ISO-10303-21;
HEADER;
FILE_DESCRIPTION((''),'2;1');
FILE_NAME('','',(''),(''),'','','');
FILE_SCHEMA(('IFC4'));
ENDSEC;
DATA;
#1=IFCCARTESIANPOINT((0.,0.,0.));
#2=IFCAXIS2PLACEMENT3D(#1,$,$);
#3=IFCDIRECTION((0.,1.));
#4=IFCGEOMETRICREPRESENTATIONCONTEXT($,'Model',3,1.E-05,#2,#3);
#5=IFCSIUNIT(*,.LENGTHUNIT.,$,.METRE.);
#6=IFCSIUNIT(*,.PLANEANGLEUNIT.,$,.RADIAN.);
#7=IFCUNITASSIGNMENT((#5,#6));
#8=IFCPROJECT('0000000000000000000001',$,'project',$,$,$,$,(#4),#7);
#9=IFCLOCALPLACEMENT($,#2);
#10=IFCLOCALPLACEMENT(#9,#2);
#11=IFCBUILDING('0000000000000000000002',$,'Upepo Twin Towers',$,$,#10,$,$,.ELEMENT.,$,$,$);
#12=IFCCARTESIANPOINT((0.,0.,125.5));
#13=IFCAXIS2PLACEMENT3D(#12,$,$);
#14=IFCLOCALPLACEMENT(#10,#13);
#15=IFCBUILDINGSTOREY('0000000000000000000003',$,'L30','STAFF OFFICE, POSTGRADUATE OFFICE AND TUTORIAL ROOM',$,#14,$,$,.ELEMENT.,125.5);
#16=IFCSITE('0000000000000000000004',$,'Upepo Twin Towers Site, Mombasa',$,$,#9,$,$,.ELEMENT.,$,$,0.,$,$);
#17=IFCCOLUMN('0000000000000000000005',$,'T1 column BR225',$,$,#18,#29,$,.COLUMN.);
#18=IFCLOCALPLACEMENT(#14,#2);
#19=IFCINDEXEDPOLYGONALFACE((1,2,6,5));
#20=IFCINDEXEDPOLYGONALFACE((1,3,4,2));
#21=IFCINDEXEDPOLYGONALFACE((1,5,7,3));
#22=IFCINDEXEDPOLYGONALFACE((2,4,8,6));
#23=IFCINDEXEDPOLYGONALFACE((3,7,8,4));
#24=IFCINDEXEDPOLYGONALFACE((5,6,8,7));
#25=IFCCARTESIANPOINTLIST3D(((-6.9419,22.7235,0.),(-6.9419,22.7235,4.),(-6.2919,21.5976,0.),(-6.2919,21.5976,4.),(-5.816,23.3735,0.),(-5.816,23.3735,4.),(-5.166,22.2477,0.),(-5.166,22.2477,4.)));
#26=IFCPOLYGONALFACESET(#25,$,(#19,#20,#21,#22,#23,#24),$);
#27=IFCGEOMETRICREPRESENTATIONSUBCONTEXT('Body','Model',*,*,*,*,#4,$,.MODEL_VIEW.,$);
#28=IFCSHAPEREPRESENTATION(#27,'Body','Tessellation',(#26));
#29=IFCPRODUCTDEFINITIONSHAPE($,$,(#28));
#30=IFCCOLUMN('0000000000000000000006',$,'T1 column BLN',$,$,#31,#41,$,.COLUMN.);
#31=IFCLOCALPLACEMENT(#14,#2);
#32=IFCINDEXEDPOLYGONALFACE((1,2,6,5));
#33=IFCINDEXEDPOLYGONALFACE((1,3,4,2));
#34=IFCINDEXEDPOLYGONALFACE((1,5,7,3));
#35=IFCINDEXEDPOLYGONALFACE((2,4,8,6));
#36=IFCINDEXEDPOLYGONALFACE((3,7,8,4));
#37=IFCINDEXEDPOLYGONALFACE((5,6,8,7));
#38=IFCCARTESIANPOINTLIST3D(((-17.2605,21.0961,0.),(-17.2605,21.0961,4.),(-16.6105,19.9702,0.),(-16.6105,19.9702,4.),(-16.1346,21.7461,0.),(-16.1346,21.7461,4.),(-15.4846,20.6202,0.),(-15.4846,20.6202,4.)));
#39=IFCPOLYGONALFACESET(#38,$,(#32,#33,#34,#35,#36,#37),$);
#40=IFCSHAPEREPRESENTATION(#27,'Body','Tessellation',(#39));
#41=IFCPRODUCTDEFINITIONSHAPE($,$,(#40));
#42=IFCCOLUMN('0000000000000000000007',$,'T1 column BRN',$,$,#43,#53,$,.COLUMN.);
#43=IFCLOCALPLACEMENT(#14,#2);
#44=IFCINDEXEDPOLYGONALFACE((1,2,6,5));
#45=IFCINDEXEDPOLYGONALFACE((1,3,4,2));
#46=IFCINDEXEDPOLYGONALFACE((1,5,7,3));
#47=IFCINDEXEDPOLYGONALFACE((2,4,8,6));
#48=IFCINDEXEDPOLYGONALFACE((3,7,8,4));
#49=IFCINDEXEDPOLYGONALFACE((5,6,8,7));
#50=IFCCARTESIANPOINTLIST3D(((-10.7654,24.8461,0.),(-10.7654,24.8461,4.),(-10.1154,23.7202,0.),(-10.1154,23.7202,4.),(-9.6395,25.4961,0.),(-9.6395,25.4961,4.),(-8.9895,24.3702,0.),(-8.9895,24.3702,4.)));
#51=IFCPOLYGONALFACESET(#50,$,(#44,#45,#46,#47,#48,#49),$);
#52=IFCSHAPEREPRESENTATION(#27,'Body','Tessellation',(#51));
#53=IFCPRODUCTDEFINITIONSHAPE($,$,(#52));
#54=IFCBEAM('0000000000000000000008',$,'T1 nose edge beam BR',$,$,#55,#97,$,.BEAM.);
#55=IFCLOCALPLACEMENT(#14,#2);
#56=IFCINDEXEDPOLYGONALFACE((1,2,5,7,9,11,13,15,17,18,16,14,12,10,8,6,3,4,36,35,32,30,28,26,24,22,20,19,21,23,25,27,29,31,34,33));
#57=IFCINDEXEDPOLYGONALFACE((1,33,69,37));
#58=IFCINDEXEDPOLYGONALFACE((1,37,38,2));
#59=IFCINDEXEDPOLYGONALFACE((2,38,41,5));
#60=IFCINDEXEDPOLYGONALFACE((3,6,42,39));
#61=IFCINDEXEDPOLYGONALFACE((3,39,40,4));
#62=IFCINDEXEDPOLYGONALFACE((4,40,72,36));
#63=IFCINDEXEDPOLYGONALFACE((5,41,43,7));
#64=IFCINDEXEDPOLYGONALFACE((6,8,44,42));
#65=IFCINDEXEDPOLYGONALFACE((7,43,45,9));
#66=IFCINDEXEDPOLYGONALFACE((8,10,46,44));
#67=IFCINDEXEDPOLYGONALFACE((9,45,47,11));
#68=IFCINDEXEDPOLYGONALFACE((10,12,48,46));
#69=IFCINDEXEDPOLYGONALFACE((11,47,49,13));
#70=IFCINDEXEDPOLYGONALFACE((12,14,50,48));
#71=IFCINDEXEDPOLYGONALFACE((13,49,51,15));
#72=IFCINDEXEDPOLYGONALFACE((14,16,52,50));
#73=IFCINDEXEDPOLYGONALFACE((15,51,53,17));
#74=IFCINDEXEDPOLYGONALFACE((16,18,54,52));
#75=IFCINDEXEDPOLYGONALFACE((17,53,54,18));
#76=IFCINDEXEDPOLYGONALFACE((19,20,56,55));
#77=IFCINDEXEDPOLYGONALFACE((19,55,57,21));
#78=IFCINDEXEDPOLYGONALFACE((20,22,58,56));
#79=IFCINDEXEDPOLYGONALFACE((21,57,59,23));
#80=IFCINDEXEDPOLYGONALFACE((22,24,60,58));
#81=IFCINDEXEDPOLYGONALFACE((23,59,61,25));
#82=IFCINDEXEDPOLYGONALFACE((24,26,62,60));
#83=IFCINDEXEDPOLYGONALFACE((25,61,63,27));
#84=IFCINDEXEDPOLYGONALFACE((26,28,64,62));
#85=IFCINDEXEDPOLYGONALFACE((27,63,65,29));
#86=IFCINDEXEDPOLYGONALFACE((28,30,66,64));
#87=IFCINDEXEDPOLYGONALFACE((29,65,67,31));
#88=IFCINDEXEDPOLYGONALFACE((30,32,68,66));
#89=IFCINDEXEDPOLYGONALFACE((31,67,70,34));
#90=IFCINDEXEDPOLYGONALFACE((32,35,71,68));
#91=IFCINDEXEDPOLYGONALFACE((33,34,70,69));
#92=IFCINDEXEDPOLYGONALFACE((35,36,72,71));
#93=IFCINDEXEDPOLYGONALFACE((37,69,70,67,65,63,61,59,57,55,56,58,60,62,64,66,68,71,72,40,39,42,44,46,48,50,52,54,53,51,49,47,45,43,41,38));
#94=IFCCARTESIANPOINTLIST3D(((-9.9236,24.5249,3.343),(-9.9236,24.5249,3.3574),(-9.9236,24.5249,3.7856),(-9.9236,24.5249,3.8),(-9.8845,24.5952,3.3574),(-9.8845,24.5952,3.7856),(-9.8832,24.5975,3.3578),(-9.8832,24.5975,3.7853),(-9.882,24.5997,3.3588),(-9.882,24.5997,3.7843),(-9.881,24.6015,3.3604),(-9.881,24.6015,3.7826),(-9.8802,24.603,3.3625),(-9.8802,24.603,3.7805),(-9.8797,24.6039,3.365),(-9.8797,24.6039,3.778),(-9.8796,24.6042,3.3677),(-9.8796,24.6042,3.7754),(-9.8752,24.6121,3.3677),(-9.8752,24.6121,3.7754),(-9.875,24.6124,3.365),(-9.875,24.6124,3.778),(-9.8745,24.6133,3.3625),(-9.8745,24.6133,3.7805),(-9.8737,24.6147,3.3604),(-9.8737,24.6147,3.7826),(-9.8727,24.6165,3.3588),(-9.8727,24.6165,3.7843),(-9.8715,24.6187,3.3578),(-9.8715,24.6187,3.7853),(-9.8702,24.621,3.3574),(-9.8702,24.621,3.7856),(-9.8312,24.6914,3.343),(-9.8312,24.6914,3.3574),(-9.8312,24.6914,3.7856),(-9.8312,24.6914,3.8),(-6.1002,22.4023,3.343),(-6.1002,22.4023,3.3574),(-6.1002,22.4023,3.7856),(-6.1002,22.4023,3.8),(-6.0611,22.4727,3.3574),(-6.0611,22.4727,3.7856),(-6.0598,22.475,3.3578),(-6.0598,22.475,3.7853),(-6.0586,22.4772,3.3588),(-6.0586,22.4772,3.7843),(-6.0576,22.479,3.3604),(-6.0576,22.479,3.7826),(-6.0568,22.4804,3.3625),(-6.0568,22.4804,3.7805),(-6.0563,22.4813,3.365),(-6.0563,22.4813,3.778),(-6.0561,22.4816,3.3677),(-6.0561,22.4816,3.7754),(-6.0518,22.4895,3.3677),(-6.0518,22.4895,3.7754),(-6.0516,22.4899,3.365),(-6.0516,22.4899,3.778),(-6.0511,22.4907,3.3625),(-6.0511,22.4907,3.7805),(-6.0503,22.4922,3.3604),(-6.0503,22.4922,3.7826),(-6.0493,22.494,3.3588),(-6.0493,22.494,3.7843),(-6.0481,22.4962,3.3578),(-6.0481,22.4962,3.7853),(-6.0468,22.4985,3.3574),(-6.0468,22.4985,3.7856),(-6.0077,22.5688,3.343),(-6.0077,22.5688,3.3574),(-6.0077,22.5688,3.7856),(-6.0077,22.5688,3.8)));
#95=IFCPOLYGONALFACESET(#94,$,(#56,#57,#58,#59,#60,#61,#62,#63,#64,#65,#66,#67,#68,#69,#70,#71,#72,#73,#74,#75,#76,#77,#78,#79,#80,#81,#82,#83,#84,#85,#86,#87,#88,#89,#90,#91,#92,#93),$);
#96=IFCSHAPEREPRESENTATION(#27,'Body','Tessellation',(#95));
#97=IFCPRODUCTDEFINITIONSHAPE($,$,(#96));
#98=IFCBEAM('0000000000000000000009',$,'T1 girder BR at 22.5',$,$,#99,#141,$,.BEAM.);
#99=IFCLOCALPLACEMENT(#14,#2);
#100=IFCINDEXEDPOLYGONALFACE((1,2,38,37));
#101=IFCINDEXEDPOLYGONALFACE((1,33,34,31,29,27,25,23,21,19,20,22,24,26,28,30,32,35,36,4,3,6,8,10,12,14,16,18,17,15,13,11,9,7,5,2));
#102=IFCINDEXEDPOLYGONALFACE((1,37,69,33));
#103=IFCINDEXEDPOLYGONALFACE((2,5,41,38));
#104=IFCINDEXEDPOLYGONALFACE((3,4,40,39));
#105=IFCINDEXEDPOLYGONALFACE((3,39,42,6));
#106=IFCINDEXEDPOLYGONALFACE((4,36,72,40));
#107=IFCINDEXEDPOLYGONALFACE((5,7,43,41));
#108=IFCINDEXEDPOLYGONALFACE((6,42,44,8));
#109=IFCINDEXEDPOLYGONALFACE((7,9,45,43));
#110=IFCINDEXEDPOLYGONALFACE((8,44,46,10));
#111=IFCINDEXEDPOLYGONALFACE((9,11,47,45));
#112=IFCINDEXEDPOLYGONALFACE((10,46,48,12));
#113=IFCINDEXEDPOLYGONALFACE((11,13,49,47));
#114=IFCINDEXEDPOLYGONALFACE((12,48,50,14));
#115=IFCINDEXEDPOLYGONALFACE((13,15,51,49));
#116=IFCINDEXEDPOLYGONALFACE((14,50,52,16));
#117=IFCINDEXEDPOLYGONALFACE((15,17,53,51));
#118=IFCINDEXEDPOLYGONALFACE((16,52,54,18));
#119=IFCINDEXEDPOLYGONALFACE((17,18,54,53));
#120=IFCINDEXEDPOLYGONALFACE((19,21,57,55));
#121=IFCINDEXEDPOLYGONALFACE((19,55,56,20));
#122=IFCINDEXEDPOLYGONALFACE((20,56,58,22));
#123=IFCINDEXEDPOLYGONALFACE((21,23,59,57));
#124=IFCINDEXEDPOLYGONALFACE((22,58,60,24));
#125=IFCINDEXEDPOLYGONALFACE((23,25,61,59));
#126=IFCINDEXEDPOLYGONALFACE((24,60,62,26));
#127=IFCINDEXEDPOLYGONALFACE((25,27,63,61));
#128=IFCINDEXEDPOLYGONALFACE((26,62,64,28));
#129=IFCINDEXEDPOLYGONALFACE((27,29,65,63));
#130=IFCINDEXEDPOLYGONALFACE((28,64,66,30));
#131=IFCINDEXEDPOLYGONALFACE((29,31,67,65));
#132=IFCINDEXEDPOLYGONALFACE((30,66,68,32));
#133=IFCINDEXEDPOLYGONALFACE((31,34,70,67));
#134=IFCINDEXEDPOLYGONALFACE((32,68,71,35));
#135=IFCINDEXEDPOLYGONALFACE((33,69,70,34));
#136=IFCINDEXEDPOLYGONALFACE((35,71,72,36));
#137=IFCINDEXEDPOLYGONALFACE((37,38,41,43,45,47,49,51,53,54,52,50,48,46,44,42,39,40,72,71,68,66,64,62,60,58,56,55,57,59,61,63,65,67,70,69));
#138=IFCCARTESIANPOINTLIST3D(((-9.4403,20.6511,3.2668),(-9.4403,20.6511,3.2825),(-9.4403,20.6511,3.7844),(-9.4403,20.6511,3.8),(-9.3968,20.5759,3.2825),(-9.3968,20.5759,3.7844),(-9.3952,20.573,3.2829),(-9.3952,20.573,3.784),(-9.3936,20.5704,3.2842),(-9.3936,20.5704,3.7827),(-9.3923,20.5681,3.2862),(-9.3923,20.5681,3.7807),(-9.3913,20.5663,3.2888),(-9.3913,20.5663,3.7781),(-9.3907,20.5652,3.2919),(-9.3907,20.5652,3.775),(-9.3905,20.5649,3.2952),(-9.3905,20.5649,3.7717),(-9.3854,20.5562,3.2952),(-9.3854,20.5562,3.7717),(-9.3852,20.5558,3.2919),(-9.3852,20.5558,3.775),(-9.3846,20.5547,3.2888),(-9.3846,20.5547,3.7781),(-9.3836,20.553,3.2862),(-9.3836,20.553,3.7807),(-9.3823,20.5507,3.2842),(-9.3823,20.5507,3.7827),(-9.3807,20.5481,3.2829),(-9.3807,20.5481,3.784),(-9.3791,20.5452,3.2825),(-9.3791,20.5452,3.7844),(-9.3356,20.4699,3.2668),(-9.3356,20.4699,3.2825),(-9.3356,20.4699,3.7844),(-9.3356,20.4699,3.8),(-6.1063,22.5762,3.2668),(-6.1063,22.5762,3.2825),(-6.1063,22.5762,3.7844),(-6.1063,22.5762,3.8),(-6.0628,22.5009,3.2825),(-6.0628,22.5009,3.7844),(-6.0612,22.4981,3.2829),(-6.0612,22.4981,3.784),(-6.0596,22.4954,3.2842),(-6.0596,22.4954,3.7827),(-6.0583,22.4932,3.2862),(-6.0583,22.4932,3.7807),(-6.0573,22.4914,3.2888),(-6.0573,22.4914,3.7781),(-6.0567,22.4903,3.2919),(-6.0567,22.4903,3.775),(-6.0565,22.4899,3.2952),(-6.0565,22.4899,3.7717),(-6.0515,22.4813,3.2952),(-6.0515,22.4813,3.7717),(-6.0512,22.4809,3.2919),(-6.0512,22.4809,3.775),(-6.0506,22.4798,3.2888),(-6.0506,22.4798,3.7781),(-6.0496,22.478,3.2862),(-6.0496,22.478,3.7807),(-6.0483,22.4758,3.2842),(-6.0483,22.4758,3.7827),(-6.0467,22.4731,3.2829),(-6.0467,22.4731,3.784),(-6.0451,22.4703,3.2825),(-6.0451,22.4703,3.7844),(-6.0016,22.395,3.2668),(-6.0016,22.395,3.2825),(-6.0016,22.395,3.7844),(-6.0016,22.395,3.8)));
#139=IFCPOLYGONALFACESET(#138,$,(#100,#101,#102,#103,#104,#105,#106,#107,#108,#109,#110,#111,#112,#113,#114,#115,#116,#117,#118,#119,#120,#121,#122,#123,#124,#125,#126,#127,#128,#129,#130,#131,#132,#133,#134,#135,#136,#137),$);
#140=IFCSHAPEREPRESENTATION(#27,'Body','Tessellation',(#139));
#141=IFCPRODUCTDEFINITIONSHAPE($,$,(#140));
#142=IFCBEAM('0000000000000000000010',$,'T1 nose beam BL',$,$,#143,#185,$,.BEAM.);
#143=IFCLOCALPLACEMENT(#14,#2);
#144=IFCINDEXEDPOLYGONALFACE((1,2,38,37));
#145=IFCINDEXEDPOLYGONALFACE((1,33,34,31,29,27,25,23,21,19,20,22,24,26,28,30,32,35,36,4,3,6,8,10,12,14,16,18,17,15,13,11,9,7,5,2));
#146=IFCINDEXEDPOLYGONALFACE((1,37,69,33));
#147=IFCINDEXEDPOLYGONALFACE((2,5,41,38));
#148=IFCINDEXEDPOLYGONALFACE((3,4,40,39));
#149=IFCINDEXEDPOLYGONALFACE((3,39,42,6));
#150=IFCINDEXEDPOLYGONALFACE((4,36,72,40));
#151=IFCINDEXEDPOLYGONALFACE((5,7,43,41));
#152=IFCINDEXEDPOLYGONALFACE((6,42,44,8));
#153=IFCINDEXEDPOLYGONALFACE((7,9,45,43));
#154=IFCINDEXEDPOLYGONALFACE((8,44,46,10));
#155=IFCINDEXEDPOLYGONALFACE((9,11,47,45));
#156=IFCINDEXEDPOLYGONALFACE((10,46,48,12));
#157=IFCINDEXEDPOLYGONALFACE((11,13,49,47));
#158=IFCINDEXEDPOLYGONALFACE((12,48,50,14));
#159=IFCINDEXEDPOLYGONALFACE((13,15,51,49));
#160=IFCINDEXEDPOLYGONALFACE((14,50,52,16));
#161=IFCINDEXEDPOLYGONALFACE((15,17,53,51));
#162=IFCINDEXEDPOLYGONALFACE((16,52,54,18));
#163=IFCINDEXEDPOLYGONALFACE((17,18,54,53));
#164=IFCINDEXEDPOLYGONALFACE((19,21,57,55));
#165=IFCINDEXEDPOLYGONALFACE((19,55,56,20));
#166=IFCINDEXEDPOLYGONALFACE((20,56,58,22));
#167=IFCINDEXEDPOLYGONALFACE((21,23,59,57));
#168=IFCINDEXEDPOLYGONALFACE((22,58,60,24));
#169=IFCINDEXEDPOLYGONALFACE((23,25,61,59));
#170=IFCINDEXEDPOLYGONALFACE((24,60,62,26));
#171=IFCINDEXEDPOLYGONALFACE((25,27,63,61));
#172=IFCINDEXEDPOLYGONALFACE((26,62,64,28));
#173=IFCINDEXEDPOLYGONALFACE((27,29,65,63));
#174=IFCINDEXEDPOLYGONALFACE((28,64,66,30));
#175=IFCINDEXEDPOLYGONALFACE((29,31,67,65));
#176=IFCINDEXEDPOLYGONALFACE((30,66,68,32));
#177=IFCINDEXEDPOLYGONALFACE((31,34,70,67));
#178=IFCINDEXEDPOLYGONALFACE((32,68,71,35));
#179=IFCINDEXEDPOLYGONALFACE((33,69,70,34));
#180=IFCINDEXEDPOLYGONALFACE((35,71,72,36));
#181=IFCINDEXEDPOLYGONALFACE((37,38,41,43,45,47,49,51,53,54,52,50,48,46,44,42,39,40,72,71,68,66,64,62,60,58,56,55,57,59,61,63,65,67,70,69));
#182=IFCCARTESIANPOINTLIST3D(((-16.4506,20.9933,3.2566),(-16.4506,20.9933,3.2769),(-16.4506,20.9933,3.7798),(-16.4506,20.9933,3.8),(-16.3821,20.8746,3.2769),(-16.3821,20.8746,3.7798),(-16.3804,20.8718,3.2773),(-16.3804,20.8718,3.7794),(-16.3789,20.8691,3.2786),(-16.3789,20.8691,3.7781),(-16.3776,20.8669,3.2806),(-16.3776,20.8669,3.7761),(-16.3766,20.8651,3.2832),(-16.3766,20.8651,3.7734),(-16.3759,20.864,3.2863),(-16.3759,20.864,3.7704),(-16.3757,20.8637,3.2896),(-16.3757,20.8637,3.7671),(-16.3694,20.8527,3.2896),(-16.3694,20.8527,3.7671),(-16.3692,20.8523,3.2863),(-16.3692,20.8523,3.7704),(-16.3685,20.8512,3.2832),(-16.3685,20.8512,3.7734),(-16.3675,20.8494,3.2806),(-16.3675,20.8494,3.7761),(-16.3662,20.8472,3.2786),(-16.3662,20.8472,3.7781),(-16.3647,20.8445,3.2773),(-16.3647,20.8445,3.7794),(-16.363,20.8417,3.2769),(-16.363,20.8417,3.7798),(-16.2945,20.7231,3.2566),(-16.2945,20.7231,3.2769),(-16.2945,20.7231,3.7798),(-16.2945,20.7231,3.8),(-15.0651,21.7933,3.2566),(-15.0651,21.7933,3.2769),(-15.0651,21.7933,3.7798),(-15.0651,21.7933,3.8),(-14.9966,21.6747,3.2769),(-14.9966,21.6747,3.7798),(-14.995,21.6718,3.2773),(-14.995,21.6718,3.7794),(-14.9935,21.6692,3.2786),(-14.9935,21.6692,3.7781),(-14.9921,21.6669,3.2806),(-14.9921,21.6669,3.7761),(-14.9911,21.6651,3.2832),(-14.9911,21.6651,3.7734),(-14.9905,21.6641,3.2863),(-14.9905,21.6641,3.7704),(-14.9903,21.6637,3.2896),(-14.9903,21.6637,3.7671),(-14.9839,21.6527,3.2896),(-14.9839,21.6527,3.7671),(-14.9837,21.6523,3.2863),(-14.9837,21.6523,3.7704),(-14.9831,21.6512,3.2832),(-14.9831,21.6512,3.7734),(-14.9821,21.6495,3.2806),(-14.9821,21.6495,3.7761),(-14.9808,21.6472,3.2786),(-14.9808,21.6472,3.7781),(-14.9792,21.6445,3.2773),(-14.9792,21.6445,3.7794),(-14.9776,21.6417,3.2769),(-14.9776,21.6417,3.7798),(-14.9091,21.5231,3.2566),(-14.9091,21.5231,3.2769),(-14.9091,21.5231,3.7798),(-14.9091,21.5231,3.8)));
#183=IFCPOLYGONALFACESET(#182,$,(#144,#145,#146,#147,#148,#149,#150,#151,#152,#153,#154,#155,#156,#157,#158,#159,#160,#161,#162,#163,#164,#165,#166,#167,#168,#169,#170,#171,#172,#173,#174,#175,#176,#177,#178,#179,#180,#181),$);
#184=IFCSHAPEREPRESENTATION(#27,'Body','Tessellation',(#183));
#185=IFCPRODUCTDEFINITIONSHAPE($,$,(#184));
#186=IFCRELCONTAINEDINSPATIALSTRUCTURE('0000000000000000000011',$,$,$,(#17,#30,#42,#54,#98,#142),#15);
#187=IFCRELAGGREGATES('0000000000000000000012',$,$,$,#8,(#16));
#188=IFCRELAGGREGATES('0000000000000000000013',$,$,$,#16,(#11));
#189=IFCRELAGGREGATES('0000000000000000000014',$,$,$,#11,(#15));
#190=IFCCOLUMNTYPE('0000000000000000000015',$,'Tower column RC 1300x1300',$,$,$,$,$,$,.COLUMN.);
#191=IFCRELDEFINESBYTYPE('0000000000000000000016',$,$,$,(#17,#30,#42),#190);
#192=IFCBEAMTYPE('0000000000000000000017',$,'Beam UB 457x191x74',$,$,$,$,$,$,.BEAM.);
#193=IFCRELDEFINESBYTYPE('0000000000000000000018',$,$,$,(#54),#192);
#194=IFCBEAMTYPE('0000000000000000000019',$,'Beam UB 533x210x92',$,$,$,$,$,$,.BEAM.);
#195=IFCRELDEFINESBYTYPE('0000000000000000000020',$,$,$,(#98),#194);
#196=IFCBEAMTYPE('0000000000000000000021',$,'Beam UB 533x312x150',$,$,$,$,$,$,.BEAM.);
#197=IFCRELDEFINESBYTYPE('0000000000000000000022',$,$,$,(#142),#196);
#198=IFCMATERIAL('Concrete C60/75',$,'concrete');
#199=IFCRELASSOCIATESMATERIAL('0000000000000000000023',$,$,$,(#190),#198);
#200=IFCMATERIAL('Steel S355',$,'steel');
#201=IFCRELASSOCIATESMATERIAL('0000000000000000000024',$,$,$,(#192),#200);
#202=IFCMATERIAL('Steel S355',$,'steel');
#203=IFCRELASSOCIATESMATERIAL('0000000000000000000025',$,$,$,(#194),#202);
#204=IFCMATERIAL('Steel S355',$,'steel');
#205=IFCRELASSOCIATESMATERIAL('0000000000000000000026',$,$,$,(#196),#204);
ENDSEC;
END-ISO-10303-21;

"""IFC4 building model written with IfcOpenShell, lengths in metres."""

from ifc_helpers import new_model, si_unit, direction, frame, origin, origin_2d, place, context, subcontext, project, spatial, rectangle, i_section, extrude, material, material_profile, profile_set, type_object, element, save


model = new_model("IFC4")

# Units and contexts
model_context = context("Model", 3, precision=1e-05, world=origin(), true_north=direction((0.0, 1.0)))
body_context = subcontext(model_context, "Body", "Model", "MODEL_VIEW")
ifc_project = project(units=[si_unit("LENGTHUNIT", "METRE"), si_unit("PLANEANGLEUNIT", "RADIAN")], contexts=[model_context])

# Site, building, storey
site_placement = place(None, origin())
site = spatial("IfcSite", under=ifc_project, at=site_placement, Name="Upepo Twin Towers Site, Mombasa", CompositionType="ELEMENT", RefElevation=0.0)
building_placement = place(site_placement, origin())
building = spatial("IfcBuilding", under=site, at=building_placement, Name="Upepo Twin Towers", CompositionType="ELEMENT")
storey_placement = place(building_placement, frame((0.0, 0.0, 125.5)))
storey = spatial("IfcBuildingStorey", under=building, at=storey_placement, Name="L30", Description="STAFF OFFICE, POSTGRADUATE OFFICE AND TUTORIAL ROOM", CompositionType="ELEMENT", Elevation=125.5)

# Columns
ifc_material_1 = material(Name="Concrete C60/75", Category="concrete")
ifc_material_profile_1 = material_profile(ifc_material_1, rectangle(XDim=1.3, YDim=1.3, at=origin_2d()), Name="RC 1300x1300")
ifc_profile_set_1 = profile_set([ifc_material_profile_1], Name="Concrete C60/75")
column_type = type_object("IfcColumnType", Name="Tower column RC 1300x1300", PredefinedType="COLUMN", material=ifc_profile_set_1)
for number, where, z_axis, x_axis, name in (
    (1, (-6.054, 22.4856, 0.0), (0.0, 0.0, 1.0), (0.866025, 0.5, 0.0), "T1 column BR225"),
    (2, (-16.3726, 20.8582, 0.0), (0.0, 0.0, 1.0), (0.866025, 0.5, 0.0), "T1 column BLN"),
    (3, (-9.8774, 24.6082, 0.0), (0.0, 0.0, 1.0), (0.866025, 0.5, 0.0), "T1 column BRN"),
):
    element("IfcColumn", number, at=place(storey_placement, frame(where, z_axis=z_axis, x_axis=x_axis)), inside=storey, type_object=column_type, Name=name, PredefinedType="COLUMN", context=body_context, shape_type="SweptSolid", body=[
        extrude(rectangle(XDim=1.3, YDim=1.3, at=origin_2d()), origin(), (0.0, 0.0, 1.0), 4.0),
    ])

# Beams
ifc_material_2 = material(Name="Steel S355", Category="steel")
ifc_material_profile_2 = material_profile(ifc_material_2, i_section(OverallWidth=0.1904, OverallDepth=0.457, WebThickness=0.009, FlangeThickness=0.0144, FilletRadius=0.0103, at=origin_2d()), Name="UB 457x191x74")
ifc_profile_set_2 = profile_set([ifc_material_profile_2], Name="Steel S355")
beam_type_1 = type_object("IfcBeamType", Name="Beam UB 457x191x74", PredefinedType="BEAM", material=ifc_profile_set_2)
beam_1_placement = place(storey_placement, frame((-6.054, 22.4856, 3.5715), z_axis=(-0.874313, 0.485363, 0.0), x_axis=(-0.485363, -0.874313, 0.0)))
element("IfcBeam", 4, at=beam_1_placement, inside=storey, type_object=beam_type_1, Name="T1 nose edge beam BR", PredefinedType="BEAM", context=body_context, shape_type="SweptSolid", body=[
    extrude(i_section(OverallWidth=0.1904, OverallDepth=0.457, WebThickness=0.009, FlangeThickness=0.0144, FilletRadius=0.0103, at=origin_2d()), origin(), (0.0, 0.0, 1.0), 4.373),
])
ifc_material_3 = material(Name="Steel S355", Category="steel")
ifc_material_profile_3 = material_profile(ifc_material_3, i_section(OverallWidth=0.2092, OverallDepth=0.5332, WebThickness=0.01, FlangeThickness=0.0156, FilletRadius=0.0127, at=origin_2d()), Name="UB 533x210x92")
ifc_profile_set_3 = profile_set([ifc_material_profile_3], Name="Steel S355")
beam_type_2 = type_object("IfcBeamType", Name="Beam UB 533x210x92", PredefinedType="BEAM", material=ifc_profile_set_3)
beam_2_placement = place(storey_placement, frame((-6.054, 22.4856, 3.5334), z_axis=(-0.866006, -0.500034, 0.0), x_axis=(0.500034, -0.866006, 0.0)))
element("IfcBeam", 5, at=beam_2_placement, inside=storey, type_object=beam_type_2, Name="T1 girder BR at 22.5", PredefinedType="BEAM", context=body_context, shape_type="SweptSolid", body=[
    extrude(i_section(OverallWidth=0.2092, OverallDepth=0.5332, WebThickness=0.01, FlangeThickness=0.0156, FilletRadius=0.0127, at=origin_2d()), origin(), (0.0, 0.0, 1.0), 3.8499),
])
ifc_material_4 = material(Name="Steel S355", Category="steel")
ifc_material_profile_4 = material_profile(ifc_material_4, i_section(OverallWidth=0.312, OverallDepth=0.5435, WebThickness=0.0127, FlangeThickness=0.0203, FilletRadius=0.0127, at=origin_2d()), Name="UB 533x312x150")
ifc_profile_set_4 = profile_set([ifc_material_profile_4], Name="Steel S355")
beam_type_3 = type_object("IfcBeamType", Name="Beam UB 533x312x150", PredefinedType="BEAM", material=ifc_profile_set_4)
for number, where, z_axis, x_axis, name in (
    (6, (-16.3726, 20.8582, 3.5283), (0.86599, 0.500061, 0.0), (-0.500061, 0.86599, 0.0), "T1 nose beam BL"),
):
    element("IfcBeam", number, at=place(storey_placement, frame(where, z_axis=z_axis, x_axis=x_axis)), inside=storey, type_object=beam_type_3, Name=name, PredefinedType="BEAM", context=body_context, shape_type="SweptSolid", body=[
        extrude(i_section(OverallWidth=0.312, OverallDepth=0.5435, WebThickness=0.0127, FlangeThickness=0.0203, FilletRadius=0.0127, at=origin_2d()), origin(), (0.0, 0.0, 1.0), 1.5999),
    ])

save(model, "model.ifc")
